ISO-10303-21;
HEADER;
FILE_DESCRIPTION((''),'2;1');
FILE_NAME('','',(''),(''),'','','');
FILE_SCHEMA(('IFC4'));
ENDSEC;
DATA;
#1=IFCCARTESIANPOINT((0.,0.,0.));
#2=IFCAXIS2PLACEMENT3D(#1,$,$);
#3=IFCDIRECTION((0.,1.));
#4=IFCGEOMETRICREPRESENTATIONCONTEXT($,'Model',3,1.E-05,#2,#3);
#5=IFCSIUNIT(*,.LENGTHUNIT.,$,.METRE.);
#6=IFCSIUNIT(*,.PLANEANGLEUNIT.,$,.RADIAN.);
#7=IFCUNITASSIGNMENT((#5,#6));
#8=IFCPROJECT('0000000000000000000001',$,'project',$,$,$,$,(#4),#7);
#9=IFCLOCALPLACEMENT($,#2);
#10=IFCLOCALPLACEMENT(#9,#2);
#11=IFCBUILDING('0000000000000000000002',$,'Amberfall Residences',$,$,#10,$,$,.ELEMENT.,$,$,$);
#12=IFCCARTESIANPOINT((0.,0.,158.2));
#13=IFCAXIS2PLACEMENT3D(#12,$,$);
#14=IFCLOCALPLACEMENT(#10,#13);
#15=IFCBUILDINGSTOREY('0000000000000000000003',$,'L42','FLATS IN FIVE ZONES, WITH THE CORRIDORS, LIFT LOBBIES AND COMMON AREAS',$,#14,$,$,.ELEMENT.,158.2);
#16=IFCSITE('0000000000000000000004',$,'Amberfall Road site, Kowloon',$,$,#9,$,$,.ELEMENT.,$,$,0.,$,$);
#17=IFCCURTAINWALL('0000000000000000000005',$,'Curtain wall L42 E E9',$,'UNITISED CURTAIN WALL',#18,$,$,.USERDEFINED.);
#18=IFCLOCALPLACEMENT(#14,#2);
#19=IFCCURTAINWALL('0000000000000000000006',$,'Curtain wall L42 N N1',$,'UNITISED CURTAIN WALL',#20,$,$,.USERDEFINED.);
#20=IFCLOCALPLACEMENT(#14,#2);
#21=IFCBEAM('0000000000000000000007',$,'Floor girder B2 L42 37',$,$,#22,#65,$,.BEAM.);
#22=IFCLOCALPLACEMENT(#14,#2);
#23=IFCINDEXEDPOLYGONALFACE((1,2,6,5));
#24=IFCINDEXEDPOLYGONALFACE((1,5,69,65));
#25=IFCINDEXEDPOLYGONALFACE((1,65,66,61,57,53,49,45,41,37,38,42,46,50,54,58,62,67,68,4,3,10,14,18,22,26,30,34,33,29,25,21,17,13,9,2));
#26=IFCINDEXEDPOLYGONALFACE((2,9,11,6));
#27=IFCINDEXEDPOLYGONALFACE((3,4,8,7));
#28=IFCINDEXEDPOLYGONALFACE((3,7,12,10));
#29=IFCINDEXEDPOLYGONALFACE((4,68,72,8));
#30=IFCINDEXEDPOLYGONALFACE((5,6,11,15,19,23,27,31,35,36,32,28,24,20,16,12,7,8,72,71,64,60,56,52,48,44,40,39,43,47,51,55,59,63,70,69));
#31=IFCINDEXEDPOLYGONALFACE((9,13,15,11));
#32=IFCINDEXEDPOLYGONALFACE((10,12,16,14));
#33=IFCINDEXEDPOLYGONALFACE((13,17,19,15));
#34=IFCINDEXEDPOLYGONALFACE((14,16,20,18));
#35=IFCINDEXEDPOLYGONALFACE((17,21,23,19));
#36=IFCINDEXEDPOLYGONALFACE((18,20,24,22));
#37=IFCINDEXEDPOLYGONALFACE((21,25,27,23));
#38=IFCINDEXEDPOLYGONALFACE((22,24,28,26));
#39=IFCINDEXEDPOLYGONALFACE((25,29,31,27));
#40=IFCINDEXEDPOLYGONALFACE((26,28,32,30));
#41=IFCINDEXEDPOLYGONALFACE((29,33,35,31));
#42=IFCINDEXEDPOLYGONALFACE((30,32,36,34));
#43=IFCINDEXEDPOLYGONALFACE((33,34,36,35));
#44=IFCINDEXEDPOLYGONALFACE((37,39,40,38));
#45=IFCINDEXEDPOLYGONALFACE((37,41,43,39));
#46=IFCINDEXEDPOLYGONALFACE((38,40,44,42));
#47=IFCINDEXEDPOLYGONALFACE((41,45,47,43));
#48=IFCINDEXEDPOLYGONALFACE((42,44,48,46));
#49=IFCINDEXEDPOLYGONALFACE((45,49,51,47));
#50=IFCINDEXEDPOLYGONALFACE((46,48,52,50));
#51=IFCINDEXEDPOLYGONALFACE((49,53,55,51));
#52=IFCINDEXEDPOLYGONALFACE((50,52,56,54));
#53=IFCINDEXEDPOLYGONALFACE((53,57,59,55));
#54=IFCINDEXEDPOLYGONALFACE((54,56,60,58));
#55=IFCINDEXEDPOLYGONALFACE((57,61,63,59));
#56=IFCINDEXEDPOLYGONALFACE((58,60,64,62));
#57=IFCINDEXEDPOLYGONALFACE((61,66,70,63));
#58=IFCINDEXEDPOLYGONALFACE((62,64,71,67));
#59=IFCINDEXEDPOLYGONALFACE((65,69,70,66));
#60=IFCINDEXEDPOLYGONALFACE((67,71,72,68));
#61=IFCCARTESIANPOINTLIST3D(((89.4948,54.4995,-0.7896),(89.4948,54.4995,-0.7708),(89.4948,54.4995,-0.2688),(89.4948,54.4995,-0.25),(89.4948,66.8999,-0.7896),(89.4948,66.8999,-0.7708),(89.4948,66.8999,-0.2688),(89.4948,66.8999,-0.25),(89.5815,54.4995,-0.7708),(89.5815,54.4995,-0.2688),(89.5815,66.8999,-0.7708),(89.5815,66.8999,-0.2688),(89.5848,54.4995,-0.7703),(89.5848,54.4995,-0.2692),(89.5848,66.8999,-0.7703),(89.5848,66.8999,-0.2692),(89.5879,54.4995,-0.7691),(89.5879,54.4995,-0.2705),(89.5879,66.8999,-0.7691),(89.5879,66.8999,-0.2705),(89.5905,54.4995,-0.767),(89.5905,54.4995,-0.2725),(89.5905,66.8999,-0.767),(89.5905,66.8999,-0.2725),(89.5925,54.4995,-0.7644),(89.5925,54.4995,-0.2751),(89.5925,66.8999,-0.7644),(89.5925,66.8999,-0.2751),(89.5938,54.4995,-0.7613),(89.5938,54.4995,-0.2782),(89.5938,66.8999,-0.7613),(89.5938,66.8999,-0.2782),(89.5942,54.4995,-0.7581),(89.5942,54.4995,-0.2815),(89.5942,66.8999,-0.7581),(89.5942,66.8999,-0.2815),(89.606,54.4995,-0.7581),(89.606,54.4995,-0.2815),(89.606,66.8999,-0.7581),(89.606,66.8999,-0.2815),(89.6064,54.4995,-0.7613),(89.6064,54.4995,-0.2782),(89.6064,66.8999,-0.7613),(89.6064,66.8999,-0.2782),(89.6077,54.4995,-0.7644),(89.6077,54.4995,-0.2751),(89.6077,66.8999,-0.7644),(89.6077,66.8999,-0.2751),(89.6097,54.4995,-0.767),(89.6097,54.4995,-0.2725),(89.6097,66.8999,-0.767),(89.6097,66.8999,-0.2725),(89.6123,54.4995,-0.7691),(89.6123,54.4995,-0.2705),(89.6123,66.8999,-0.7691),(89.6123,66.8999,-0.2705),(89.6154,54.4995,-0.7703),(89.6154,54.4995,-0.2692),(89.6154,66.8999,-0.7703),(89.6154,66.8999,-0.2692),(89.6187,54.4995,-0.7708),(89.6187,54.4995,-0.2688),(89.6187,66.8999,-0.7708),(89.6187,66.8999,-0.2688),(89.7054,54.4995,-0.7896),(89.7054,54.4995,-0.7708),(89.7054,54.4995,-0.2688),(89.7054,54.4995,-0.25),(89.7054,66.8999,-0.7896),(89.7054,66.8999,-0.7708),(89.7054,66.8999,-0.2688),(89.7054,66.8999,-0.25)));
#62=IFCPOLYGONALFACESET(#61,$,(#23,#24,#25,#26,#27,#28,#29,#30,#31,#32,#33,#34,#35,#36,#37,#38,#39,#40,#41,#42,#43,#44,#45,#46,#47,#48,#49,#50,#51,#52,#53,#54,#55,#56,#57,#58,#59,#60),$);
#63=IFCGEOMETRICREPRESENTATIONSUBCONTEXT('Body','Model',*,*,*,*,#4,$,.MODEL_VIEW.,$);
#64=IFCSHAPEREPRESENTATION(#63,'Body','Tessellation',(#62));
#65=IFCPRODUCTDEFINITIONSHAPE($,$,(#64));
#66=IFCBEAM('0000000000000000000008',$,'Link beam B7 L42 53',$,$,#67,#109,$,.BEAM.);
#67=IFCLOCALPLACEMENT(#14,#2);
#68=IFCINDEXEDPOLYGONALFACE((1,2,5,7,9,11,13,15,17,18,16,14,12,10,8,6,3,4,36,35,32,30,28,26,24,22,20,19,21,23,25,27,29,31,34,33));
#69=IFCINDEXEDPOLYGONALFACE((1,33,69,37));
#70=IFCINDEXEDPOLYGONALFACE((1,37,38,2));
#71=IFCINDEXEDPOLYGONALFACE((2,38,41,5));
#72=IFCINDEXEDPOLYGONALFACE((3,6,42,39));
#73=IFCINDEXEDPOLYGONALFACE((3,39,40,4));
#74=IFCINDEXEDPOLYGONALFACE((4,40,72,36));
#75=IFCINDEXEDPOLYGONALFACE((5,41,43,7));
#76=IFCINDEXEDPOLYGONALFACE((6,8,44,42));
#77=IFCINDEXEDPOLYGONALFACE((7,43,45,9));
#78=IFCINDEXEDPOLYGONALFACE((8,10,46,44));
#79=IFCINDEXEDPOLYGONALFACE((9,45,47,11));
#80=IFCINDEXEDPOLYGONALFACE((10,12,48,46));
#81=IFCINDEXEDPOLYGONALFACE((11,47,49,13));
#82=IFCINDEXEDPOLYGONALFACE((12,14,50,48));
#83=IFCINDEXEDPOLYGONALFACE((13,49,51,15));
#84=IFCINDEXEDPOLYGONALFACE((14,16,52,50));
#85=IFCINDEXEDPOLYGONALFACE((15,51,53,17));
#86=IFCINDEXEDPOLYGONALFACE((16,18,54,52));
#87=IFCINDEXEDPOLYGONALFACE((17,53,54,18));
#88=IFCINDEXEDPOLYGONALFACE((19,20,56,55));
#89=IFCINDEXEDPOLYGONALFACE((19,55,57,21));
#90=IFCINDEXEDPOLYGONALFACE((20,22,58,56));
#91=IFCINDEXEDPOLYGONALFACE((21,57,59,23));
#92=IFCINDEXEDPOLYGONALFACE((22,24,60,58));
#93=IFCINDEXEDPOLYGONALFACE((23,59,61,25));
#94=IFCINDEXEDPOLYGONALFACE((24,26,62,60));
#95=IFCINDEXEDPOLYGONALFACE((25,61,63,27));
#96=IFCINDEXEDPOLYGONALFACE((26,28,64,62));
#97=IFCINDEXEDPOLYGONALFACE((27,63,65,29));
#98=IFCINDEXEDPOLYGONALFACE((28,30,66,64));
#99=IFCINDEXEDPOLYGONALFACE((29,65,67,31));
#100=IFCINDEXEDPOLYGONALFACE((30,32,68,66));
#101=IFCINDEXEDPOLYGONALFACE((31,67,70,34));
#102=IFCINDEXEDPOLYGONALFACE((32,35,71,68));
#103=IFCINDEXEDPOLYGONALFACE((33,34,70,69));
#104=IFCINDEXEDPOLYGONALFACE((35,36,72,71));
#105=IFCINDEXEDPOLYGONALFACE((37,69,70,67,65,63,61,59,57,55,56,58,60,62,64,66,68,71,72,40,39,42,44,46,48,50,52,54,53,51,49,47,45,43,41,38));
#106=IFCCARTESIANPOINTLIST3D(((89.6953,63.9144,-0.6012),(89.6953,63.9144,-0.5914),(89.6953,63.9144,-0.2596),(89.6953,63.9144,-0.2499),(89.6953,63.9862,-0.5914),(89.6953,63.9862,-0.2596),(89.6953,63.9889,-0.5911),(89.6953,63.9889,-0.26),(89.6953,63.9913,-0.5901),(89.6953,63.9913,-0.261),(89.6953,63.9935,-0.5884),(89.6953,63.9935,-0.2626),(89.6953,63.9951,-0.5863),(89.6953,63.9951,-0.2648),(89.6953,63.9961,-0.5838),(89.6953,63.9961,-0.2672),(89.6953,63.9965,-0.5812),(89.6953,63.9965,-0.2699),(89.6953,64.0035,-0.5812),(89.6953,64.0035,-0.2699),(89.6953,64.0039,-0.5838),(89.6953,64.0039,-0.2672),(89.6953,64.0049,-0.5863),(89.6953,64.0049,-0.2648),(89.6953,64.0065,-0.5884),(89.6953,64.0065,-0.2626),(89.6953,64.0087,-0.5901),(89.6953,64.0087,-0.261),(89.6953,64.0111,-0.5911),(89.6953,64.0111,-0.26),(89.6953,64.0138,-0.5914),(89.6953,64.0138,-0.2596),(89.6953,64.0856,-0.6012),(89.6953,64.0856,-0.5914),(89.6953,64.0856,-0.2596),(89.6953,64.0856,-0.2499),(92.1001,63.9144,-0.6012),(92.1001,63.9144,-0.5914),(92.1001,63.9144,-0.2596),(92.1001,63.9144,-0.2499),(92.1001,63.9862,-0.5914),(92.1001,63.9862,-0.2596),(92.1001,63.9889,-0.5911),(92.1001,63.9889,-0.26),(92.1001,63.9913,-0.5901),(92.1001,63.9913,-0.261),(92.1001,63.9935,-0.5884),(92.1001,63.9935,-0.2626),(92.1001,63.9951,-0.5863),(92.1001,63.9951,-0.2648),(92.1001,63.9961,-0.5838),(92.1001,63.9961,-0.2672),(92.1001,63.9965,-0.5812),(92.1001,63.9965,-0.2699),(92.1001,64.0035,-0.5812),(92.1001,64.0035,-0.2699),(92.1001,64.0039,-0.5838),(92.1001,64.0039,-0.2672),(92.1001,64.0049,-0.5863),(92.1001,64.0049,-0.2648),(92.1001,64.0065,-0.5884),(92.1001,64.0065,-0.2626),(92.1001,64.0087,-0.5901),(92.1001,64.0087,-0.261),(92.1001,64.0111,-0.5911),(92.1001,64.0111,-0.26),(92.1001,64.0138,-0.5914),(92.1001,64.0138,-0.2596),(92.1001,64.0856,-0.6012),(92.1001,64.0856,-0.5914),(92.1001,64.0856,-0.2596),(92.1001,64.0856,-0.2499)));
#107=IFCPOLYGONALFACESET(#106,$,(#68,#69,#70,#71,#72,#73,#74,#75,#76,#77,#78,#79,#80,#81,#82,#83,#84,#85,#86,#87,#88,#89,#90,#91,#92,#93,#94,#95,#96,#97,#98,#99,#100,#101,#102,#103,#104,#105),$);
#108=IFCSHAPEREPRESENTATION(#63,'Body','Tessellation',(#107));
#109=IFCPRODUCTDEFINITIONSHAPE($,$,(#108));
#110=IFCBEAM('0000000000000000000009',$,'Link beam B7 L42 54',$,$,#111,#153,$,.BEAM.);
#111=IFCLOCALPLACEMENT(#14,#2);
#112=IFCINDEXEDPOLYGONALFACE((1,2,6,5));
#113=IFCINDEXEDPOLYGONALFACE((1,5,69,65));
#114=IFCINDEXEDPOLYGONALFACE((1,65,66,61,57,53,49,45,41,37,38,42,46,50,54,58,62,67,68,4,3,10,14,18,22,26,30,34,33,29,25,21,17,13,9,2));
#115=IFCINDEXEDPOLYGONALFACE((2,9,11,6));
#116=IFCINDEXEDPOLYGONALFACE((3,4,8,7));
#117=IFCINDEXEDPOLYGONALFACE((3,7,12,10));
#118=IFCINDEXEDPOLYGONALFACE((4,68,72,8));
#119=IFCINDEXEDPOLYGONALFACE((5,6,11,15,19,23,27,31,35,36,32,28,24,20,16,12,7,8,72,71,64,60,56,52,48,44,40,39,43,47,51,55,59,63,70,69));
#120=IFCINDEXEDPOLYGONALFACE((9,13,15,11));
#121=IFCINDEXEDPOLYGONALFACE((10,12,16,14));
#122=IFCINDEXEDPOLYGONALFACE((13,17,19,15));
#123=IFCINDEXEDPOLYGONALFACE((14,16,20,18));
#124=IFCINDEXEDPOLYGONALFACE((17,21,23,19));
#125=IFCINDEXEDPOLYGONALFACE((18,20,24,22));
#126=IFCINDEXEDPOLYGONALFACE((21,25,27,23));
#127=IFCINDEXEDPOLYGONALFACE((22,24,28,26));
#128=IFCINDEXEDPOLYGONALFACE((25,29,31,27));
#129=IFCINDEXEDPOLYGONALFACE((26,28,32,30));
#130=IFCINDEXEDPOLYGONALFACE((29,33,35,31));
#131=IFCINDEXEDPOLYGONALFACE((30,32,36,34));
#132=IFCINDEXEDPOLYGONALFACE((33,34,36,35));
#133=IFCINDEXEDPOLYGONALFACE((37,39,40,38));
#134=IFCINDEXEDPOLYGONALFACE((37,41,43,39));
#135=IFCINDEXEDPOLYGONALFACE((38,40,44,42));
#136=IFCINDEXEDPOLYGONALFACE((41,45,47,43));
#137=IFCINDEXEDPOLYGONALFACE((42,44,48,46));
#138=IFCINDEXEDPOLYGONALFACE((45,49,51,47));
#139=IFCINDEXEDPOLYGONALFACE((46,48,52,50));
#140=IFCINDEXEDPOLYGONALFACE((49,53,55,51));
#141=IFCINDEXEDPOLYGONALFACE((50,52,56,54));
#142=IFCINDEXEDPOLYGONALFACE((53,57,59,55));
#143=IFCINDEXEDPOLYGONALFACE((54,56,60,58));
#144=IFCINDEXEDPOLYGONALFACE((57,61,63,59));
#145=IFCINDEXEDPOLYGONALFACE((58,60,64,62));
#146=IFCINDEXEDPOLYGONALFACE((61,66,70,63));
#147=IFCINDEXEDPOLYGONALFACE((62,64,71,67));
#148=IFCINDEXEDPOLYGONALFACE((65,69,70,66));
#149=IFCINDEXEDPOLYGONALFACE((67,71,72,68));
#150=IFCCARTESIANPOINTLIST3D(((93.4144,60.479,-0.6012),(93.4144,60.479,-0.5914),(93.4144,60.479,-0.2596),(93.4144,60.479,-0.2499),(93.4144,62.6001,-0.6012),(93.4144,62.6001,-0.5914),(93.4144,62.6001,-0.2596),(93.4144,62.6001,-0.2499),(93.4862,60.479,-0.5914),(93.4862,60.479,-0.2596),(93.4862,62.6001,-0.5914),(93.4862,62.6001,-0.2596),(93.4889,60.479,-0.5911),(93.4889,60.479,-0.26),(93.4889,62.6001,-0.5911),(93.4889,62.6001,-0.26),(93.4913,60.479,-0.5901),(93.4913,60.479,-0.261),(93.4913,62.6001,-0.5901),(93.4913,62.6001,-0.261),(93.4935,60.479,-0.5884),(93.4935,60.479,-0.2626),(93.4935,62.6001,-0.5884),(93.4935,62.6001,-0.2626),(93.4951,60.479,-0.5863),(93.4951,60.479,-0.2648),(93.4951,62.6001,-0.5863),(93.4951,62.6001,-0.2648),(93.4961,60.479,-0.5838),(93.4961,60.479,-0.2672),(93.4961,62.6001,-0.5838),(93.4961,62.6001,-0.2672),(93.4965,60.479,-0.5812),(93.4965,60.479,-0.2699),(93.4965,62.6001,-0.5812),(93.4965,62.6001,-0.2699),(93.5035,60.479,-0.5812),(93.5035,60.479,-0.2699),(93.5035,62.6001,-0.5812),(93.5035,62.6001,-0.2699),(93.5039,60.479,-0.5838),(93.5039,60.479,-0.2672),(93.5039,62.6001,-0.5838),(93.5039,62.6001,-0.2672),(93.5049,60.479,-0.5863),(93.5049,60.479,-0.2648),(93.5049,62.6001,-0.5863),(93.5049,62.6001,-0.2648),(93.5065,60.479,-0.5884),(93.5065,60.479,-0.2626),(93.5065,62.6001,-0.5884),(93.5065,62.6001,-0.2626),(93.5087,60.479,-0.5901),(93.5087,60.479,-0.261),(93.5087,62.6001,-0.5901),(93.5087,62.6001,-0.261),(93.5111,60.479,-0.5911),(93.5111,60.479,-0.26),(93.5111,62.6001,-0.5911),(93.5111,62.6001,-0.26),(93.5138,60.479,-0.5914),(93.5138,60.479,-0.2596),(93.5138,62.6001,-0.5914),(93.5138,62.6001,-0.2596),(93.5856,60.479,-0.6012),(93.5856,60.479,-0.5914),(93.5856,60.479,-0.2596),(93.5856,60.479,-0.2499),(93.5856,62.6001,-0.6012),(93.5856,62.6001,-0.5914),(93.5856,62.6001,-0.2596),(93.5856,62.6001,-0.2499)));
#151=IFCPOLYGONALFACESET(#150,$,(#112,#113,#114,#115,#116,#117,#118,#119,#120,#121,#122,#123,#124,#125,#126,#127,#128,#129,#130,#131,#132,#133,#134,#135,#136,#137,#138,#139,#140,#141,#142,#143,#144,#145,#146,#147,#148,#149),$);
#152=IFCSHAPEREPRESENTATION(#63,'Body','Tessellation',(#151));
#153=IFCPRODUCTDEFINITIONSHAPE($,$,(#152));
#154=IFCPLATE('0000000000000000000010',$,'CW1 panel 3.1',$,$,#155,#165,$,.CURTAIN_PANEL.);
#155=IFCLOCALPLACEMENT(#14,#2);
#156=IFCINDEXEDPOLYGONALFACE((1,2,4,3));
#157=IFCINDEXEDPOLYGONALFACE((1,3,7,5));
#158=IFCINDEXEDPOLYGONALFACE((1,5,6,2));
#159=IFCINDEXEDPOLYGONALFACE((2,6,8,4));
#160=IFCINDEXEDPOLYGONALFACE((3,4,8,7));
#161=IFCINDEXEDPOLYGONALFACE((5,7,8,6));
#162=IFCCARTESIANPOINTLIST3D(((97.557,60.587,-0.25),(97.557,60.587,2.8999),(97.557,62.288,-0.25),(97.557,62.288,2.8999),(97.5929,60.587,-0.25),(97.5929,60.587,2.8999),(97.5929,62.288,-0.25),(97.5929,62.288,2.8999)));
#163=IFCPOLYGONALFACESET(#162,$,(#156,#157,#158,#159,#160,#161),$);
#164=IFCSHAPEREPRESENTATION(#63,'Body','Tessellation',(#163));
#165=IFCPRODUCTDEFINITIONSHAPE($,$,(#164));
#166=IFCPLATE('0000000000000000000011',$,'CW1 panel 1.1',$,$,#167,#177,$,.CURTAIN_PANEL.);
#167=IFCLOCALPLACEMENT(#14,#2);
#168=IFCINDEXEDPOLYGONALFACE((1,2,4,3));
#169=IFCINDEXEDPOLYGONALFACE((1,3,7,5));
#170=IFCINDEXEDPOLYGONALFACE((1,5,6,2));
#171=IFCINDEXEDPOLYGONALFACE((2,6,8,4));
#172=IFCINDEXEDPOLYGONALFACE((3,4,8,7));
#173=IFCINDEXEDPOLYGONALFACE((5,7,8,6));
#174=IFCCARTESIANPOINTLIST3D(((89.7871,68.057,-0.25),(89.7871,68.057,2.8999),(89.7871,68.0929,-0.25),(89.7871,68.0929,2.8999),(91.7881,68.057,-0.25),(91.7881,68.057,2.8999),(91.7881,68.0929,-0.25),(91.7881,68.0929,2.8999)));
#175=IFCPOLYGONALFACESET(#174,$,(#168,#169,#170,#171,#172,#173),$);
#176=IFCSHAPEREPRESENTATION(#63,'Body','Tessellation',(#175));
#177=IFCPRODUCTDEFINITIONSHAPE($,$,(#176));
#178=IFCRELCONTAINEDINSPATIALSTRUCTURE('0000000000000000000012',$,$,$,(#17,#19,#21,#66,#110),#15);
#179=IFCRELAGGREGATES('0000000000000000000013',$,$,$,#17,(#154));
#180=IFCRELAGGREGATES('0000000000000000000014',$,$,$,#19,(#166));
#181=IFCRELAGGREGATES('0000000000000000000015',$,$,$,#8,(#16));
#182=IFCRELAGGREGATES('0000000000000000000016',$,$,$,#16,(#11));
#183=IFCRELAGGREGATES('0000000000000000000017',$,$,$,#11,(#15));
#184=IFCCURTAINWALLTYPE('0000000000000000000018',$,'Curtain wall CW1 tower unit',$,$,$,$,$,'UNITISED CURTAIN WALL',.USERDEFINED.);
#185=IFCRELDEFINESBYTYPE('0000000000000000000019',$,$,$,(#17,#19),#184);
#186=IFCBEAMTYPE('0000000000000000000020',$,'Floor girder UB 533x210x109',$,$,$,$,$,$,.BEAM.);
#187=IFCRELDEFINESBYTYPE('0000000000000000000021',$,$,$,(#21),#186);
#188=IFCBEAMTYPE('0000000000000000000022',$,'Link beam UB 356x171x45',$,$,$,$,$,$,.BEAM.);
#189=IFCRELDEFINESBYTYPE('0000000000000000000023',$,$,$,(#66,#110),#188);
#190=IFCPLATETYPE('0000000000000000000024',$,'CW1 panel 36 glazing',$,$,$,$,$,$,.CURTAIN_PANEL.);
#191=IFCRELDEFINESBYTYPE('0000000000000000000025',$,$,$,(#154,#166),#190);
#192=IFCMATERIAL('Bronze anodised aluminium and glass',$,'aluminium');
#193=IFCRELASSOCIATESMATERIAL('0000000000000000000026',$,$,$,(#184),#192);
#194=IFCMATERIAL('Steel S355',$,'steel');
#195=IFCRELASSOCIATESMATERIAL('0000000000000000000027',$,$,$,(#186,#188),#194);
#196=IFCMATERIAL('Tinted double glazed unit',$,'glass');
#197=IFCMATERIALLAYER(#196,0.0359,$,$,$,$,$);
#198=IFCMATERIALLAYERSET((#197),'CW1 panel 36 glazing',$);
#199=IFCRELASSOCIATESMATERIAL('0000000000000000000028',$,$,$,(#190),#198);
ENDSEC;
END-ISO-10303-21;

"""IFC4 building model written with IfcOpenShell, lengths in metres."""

from ifc_helpers import new_model, si_unit, direction, frame, origin, origin_2d, place, context, subcontext, project, spatial, rectangle, i_section, extrude, material, layer, layer_set, material_profile, profile_set, type_object, element, aggregate, save


model = new_model("IFC4")

# Units and contexts
model_context = context("Model", 3, precision=1e-05, world=origin(), true_north=direction((0.0, 1.0)))
body_context = subcontext(model_context, "Body", "Model", "MODEL_VIEW")
ifc_project = project(units=[si_unit("LENGTHUNIT", "METRE"), si_unit("PLANEANGLEUNIT", "RADIAN")], contexts=[model_context])

# Site, building, storey
site_placement = place(None, origin())
site = spatial("IfcSite", under=ifc_project, at=site_placement, Name="Amberfall Road site, Kowloon", CompositionType="ELEMENT", RefElevation=0.0)
building_placement = place(site_placement, origin())
building = spatial("IfcBuilding", under=site, at=building_placement, Name="Amberfall Residences", CompositionType="ELEMENT")
storey_placement = place(building_placement, frame((0.0, 0.0, 158.2)))
storey = spatial("IfcBuildingStorey", under=building, at=storey_placement, Name="L42", Description="FLATS IN FIVE ZONES, WITH THE CORRIDORS, LIFT LOBBIES AND COMMON AREAS", CompositionType="ELEMENT", Elevation=158.2)

# Curtain wall
ifc_material_1 = material(Name="Bronze anodised aluminium and glass", Category="aluminium")
curtain_wall_type = type_object("IfcCurtainWallType", Name="Curtain wall CW1 tower unit", ElementType="UNITISED CURTAIN WALL", PredefinedType="USERDEFINED", material=ifc_material_1)
curtain_wall_1_placement = place(storey_placement, origin())
curtain_wall_1 = element("IfcCurtainWall", 1, at=curtain_wall_1_placement, inside=storey, type_object=curtain_wall_type, Name="Curtain wall L42 E E9", ObjectType="UNITISED CURTAIN WALL", PredefinedType="USERDEFINED")

# Curtain wall
curtain_wall_2_placement = place(storey_placement, origin())
curtain_wall_2 = element("IfcCurtainWall", 2, at=curtain_wall_2_placement, inside=storey, type_object=curtain_wall_type, Name="Curtain wall L42 N N1", ObjectType="UNITISED CURTAIN WALL", PredefinedType="USERDEFINED")

# Beams
ifc_material_2 = material(Name="Steel S355", Category="steel")
ifc_material_profile_1 = material_profile(ifc_material_2, i_section(OverallWidth=0.2107, OverallDepth=0.5396, WebThickness=0.0117, FlangeThickness=0.0188, FilletRadius=0.0127, at=origin_2d()), Name="UB 533x210x109")
ifc_profile_set_1 = profile_set([ifc_material_profile_1], Name="Steel S355")
beam_type_1 = type_object("IfcBeamType", Name="Floor girder UB 533x210x109", PredefinedType="BEAM", material=ifc_profile_set_1)
beam_1_placement = place(storey_placement, frame((89.6001, 66.8999, -0.5198), z_axis=(0.0, -1.0, 0.0), x_axis=(1.0, 0.0, 0.0)))
element("IfcBeam", 3, at=beam_1_placement, inside=storey, type_object=beam_type_1, Name="Floor girder B2 L42 37", PredefinedType="BEAM", context=body_context, shape_type="SweptSolid", body=[
    extrude(i_section(OverallWidth=0.2107, OverallDepth=0.5396, WebThickness=0.0117, FlangeThickness=0.0188, FilletRadius=0.0127, at=origin_2d()), origin(), (0.0, 0.0, 1.0), 12.4004),
])
ifc_material_profile_2 = material_profile(ifc_material_2, i_section(OverallWidth=0.1711, OverallDepth=0.3513, WebThickness=0.0071, FlangeThickness=0.0098, FilletRadius=0.0103, at=origin_2d()), Name="UB 356x171x45")
ifc_profile_set_2 = profile_set([ifc_material_profile_2], Name="Steel S355")
beam_type_2 = type_object("IfcBeamType", Name="Link beam UB 356x171x45", PredefinedType="BEAM", material=ifc_profile_set_2)
beam_2_placement = place(storey_placement, frame((92.1001, 64.0, -0.4255), z_axis=(-1.0, 0.0, 0.0), x_axis=(0.0, -1.0, 0.0)))
element("IfcBeam", 4, at=beam_2_placement, inside=storey, type_object=beam_type_2, Name="Link beam B7 L42 53", PredefinedType="BEAM", context=body_context, shape_type="SweptSolid", body=[
    extrude(i_section(OverallWidth=0.1711, OverallDepth=0.3513, WebThickness=0.0071, FlangeThickness=0.0098, FilletRadius=0.0103, at=origin_2d()), origin(), (0.0, 0.0, 1.0), 2.4048),
])
beam_3_placement = place(storey_placement, frame((93.5, 62.6001, -0.4255), z_axis=(0.0, -1.0, 0.0), x_axis=(1.0, 0.0, 0.0)))
element("IfcBeam", 5, at=beam_3_placement, inside=storey, type_object=beam_type_2, Name="Link beam B7 L42 54", PredefinedType="BEAM", context=body_context, shape_type="SweptSolid", body=[
    extrude(i_section(OverallWidth=0.1711, OverallDepth=0.3513, WebThickness=0.0071, FlangeThickness=0.0098, FilletRadius=0.0103, at=origin_2d()), origin(), (0.0, 0.0, 1.0), 2.1211),
])

# Plates
ifc_material_3 = material(Name="Tinted double glazed unit", Category="glass")
ifc_layer_1 = layer(ifc_material_3, 0.0359)
ifc_layer_set_1 = layer_set([ifc_layer_1], Name="CW1 panel 36 glazing")
plate_type = type_object("IfcPlateType", Name="CW1 panel 36 glazing", PredefinedType="CURTAIN_PANEL", material=ifc_layer_set_1)
plate_1_placement = place(storey_placement, frame((97.575, 61.4375, -0.25), z_axis=(0.0, 0.0, 1.0), x_axis=(0.0, 1.0, 0.0)))
plate_1 = element("IfcPlate", 6, at=plate_1_placement, type_object=plate_type, Name="CW1 panel 3.1", PredefinedType="CURTAIN_PANEL", context=body_context, shape_type="SweptSolid", body=[
    extrude(rectangle(XDim=1.7009, YDim=0.0359, at=origin_2d()), origin(), (0.0, 0.0, 1.0), 3.1499),
])
aggregate(curtain_wall_1, [plate_1])
plate_2_placement = place(storey_placement, frame((90.7876, 68.075, -0.25), z_axis=(0.0, 0.0, 1.0), x_axis=(-1.0, 0.0, 0.0)))
plate_2 = element("IfcPlate", 7, at=plate_2_placement, type_object=plate_type, Name="CW1 panel 1.1", PredefinedType="CURTAIN_PANEL", context=body_context, shape_type="SweptSolid", body=[
    extrude(rectangle(XDim=2.001, YDim=0.0359, at=origin_2d()), origin(), (0.0, 0.0, 1.0), 3.1499),
])
aggregate(curtain_wall_2, [plate_2])

save(model, "model.ifc")
